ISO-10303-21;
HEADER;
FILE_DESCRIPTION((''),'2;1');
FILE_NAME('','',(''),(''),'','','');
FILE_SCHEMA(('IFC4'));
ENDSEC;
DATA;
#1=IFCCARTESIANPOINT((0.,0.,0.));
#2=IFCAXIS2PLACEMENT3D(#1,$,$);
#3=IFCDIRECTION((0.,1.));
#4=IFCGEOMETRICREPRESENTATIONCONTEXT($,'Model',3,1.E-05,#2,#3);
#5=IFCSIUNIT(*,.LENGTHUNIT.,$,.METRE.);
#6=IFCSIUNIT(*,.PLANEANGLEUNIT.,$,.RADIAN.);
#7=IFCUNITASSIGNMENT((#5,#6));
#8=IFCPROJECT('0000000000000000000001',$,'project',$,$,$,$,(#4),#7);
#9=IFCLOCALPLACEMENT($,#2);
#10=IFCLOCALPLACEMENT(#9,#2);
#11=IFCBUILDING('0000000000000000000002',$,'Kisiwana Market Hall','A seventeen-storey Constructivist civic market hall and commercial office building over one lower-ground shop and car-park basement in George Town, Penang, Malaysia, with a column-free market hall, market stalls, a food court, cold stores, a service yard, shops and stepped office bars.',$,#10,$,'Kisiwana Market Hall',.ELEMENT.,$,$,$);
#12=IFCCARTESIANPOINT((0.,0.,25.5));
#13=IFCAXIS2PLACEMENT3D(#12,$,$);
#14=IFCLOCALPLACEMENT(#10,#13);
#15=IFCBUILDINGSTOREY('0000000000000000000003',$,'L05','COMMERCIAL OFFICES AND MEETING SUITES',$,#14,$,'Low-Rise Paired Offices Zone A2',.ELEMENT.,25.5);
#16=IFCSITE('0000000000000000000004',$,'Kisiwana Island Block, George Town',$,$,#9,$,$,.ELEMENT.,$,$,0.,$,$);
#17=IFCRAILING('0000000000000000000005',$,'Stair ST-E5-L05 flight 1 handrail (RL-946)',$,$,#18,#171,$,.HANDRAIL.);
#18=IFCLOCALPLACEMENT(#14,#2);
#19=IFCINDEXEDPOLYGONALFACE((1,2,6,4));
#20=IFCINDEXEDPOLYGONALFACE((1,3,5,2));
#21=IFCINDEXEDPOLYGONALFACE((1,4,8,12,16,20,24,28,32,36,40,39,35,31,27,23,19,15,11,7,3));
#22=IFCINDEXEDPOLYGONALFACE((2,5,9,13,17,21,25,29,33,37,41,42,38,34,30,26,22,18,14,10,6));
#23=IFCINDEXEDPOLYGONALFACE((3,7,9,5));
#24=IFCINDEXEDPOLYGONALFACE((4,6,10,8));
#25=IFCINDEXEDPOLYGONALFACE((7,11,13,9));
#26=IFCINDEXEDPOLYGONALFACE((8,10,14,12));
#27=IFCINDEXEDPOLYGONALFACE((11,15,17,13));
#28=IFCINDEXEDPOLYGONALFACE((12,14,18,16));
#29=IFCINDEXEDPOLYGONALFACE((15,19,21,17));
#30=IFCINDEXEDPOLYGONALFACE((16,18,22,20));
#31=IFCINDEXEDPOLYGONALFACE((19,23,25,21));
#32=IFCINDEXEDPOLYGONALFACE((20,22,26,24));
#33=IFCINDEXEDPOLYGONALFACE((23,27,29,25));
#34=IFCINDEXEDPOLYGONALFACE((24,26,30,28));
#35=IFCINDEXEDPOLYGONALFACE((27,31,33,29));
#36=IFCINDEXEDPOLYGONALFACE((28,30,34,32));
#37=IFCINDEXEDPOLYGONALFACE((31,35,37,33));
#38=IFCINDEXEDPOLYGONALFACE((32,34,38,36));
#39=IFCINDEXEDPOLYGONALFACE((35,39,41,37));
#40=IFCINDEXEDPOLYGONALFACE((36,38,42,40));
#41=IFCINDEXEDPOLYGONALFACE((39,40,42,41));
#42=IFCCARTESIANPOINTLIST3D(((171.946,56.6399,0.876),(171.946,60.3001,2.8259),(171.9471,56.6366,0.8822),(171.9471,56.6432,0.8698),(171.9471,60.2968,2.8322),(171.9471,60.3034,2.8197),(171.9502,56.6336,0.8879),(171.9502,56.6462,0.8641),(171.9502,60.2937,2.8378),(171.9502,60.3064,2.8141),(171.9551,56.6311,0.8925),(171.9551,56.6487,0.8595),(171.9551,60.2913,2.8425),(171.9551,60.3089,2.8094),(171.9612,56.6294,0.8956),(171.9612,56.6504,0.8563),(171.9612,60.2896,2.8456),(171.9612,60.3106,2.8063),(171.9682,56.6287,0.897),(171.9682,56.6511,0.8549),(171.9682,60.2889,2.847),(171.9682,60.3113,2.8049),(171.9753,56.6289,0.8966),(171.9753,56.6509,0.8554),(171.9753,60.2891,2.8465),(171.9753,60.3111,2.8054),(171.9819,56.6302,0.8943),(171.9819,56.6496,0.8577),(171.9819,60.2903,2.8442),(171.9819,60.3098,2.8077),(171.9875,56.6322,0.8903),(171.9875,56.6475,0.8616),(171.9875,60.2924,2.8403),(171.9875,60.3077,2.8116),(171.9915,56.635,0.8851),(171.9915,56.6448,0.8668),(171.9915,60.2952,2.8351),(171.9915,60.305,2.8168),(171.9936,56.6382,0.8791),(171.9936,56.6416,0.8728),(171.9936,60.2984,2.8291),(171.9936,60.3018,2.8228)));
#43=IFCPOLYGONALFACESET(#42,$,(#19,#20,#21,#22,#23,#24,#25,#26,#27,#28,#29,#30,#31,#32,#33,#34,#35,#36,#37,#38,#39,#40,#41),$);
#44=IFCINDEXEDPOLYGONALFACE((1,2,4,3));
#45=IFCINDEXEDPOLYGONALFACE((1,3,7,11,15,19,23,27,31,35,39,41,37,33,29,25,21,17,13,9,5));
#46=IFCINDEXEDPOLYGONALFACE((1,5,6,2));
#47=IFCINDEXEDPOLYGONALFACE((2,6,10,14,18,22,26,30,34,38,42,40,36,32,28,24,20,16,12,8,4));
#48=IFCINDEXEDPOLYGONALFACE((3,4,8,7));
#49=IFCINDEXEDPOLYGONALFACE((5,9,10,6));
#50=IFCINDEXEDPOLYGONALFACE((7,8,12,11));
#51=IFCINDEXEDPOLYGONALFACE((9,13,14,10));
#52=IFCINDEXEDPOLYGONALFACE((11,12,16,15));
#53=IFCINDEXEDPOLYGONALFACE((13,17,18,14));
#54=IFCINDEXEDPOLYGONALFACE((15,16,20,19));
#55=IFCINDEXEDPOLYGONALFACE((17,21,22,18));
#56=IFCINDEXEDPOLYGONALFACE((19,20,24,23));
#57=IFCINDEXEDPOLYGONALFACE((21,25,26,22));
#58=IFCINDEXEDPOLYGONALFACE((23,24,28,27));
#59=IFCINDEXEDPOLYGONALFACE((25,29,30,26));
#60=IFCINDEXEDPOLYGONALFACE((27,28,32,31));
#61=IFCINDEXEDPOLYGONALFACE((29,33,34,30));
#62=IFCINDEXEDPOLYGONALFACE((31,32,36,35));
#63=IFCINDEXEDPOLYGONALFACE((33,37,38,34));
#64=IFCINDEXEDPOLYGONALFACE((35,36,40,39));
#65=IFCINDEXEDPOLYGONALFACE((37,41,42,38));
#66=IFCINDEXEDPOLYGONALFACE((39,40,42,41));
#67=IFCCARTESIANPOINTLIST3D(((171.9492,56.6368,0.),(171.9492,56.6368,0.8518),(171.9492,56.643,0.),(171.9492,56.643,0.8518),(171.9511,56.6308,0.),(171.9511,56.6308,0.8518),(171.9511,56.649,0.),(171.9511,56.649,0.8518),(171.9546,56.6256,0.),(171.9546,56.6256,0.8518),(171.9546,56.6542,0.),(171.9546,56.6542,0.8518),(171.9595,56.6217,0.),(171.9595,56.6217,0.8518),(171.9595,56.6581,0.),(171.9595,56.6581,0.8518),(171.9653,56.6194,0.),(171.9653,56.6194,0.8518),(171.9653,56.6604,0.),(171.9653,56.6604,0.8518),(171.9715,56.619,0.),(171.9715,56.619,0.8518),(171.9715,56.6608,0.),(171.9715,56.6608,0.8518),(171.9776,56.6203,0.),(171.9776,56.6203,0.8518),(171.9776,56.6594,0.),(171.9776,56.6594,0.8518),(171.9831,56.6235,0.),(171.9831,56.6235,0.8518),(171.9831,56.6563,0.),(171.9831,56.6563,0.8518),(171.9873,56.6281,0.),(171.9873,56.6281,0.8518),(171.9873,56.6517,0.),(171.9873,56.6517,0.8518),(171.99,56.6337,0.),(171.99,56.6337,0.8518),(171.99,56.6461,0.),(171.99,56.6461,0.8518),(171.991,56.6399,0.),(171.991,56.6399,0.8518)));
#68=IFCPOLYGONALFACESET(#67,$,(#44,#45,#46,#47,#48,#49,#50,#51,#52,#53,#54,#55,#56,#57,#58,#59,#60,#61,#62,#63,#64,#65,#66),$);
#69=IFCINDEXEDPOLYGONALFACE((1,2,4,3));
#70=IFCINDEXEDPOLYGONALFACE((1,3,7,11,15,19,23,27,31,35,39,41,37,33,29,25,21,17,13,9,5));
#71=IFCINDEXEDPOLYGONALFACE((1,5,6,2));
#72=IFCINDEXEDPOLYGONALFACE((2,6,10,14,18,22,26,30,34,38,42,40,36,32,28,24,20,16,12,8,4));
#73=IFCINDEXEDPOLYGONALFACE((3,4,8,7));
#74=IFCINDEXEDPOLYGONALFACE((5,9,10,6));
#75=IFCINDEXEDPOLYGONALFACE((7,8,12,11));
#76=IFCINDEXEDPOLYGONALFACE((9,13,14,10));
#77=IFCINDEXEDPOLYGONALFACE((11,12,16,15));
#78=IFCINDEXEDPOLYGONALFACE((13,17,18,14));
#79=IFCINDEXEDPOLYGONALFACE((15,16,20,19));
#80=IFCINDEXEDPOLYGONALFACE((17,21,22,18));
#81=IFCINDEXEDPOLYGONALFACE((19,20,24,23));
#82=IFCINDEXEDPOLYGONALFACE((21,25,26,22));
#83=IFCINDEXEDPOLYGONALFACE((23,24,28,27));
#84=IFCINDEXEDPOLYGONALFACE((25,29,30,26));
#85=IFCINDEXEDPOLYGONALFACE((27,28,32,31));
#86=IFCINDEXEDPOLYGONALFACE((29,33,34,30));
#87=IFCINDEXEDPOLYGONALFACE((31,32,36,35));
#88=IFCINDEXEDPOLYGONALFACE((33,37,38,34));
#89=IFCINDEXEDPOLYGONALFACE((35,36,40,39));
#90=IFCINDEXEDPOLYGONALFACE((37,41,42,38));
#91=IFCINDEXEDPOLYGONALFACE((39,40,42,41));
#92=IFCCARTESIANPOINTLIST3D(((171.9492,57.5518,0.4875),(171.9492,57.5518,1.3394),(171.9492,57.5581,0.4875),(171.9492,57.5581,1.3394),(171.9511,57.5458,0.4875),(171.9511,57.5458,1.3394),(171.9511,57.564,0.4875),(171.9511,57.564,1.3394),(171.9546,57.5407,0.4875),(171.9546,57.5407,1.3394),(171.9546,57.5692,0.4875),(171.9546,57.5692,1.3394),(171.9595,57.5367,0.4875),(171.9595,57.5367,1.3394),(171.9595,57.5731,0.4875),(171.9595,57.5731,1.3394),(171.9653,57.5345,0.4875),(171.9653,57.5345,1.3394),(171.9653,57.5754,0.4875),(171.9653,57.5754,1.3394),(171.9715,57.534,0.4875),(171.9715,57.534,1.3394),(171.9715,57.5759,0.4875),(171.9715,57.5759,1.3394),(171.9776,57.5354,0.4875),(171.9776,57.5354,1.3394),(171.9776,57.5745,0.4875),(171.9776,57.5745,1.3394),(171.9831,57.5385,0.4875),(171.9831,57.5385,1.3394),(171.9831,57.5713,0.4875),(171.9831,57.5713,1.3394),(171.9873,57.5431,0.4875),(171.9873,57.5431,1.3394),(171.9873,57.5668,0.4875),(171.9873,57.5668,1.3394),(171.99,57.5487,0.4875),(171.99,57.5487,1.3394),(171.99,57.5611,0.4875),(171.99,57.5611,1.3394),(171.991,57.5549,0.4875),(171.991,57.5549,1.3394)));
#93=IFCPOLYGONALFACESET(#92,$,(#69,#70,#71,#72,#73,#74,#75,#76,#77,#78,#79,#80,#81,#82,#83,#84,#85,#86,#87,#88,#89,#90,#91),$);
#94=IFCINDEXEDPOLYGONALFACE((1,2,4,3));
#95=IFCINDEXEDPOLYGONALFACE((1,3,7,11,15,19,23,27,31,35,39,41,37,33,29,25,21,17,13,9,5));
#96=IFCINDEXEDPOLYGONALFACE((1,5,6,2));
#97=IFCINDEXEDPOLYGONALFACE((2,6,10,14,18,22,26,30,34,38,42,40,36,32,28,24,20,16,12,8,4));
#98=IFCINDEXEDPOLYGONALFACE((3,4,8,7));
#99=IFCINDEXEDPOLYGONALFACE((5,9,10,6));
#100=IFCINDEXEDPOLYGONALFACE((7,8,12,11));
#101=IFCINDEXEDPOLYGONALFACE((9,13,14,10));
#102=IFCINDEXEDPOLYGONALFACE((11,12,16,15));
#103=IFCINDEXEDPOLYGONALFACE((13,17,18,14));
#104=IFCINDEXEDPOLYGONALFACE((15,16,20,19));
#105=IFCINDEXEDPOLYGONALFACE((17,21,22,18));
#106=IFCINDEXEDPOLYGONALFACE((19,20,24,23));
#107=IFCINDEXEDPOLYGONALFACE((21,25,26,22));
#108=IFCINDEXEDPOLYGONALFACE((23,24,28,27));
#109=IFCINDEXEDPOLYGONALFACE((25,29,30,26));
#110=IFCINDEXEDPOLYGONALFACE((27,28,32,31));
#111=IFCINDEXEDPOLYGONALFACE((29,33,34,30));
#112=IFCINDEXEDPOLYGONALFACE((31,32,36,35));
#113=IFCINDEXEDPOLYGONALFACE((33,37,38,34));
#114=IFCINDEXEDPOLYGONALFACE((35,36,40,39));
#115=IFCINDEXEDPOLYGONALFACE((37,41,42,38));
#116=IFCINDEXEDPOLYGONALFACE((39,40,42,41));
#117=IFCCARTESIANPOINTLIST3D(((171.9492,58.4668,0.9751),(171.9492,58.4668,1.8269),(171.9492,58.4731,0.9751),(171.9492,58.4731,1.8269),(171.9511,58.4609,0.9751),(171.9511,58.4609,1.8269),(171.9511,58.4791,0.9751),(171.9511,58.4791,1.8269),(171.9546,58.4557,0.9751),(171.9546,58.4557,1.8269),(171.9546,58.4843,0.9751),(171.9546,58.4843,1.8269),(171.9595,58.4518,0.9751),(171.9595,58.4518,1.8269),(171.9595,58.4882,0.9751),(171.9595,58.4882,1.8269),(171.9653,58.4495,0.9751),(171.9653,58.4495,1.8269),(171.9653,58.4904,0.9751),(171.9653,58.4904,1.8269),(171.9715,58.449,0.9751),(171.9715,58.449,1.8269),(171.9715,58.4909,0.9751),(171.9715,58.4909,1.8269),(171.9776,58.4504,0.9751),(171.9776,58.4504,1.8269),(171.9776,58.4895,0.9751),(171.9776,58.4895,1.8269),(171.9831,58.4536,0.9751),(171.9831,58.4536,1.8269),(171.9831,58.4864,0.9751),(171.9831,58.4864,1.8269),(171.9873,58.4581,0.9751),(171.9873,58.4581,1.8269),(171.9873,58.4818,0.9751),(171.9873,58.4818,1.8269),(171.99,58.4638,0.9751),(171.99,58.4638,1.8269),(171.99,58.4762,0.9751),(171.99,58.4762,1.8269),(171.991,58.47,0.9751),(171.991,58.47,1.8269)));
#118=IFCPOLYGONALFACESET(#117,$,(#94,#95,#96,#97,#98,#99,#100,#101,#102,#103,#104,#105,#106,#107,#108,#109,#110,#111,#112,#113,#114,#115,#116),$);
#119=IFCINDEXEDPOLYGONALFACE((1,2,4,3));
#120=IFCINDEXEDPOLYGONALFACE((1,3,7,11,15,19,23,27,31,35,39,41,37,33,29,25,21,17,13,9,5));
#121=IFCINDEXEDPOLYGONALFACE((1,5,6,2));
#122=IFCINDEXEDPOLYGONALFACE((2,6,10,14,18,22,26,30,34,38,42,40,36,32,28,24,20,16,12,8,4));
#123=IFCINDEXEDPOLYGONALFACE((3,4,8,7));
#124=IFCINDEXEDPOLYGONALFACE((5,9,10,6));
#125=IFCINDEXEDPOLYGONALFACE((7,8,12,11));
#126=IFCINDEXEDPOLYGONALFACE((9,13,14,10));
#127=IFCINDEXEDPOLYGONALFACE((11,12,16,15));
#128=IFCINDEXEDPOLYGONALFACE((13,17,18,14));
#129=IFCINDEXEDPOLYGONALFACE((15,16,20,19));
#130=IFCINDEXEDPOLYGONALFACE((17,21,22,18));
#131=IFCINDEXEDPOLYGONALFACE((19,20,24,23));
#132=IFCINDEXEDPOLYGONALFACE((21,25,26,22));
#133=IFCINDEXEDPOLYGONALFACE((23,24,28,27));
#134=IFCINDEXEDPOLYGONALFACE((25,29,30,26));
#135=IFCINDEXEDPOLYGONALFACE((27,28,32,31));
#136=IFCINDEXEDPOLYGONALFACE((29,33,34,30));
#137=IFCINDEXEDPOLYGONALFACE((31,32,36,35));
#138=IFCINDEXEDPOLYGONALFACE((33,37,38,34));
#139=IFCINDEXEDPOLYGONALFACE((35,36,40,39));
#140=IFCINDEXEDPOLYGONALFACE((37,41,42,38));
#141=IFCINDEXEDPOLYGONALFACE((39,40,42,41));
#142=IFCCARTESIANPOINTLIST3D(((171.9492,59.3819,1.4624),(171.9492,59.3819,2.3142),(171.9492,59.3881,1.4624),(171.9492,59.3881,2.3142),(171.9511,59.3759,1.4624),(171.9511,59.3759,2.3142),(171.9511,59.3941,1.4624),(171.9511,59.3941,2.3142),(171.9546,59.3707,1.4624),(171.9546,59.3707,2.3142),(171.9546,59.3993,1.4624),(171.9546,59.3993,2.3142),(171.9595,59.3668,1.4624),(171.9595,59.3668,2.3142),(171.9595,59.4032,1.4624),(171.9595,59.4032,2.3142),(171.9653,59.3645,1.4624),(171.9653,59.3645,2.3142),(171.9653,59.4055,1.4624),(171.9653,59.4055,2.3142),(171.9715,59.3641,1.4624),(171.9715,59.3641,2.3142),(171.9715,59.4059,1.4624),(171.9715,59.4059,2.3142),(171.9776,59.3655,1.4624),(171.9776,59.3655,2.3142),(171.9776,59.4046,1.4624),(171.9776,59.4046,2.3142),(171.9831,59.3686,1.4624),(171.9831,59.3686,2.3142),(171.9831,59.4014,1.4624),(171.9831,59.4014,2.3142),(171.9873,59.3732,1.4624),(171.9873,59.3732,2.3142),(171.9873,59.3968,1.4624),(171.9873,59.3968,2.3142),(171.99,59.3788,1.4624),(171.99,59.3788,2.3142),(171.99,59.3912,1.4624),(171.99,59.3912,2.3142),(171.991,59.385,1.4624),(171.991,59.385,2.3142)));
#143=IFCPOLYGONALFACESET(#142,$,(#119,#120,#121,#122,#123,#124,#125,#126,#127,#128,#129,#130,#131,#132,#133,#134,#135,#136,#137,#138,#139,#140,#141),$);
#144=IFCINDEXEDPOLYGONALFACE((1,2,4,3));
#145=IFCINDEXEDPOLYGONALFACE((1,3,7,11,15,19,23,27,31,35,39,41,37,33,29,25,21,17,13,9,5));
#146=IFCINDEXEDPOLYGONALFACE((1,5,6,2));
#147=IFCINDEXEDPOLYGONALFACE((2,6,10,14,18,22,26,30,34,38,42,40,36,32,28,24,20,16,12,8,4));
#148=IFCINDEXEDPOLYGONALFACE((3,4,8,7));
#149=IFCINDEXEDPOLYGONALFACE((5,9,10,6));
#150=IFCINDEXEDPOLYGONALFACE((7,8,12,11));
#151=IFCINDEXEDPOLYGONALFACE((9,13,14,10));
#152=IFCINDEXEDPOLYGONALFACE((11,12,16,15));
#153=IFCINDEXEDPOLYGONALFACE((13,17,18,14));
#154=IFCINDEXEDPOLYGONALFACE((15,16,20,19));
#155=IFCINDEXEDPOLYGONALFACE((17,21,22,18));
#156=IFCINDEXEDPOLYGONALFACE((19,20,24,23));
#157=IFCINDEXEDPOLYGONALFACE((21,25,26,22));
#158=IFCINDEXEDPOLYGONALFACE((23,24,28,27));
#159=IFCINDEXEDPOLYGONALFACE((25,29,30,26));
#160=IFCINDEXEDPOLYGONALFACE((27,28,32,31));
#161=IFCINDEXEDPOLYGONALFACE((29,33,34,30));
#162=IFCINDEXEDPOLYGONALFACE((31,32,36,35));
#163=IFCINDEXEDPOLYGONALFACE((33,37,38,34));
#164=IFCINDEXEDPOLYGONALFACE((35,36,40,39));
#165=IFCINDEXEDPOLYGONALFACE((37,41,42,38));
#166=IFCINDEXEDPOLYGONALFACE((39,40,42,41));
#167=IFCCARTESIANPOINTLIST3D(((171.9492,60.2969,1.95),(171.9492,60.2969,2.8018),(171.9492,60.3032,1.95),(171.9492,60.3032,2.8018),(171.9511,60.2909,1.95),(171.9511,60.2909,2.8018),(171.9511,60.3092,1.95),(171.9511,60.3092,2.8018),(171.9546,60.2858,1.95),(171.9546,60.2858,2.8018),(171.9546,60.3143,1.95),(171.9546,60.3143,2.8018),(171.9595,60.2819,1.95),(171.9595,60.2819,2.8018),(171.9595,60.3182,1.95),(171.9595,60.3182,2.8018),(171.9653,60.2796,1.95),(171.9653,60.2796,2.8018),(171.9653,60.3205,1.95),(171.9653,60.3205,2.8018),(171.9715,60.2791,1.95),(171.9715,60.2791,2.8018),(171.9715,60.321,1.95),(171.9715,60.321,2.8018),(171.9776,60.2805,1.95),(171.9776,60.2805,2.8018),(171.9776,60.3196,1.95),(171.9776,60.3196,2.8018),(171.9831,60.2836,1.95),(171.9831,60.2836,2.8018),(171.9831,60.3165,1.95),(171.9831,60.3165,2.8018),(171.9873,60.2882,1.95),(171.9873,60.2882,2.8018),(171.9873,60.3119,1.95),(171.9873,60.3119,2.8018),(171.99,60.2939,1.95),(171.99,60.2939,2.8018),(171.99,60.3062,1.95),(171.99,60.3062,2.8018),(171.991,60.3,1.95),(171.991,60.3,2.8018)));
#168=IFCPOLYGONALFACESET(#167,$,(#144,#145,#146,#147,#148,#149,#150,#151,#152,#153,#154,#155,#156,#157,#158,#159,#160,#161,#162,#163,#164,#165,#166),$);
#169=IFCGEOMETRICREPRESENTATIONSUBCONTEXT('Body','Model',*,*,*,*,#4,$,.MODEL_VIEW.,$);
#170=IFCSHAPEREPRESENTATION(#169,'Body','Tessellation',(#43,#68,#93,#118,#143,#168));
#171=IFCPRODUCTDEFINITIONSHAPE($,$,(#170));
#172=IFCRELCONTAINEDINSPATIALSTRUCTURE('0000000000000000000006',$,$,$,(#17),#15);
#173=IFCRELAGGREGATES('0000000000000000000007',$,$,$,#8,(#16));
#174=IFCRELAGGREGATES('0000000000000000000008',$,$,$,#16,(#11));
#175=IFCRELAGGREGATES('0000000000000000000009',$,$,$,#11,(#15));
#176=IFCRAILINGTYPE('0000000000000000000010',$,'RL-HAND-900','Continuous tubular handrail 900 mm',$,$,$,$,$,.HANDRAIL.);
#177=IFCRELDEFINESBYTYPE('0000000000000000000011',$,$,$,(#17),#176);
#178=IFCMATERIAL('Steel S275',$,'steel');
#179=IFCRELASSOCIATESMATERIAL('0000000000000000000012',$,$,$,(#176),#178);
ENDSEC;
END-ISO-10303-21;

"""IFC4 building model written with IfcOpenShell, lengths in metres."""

from ifc_helpers import new_model, si_unit, direction, frame, origin, origin_2d, place, context, subcontext, project, spatial, circle, extrude, material, type_object, element, save


model = new_model("IFC4")

# Units and contexts
model_context = context("Model", 3, precision=1e-05, world=origin(), true_north=direction((0.0, 1.0)))
body_context = subcontext(model_context, "Body", "Model", "MODEL_VIEW")
ifc_project = project(units=[si_unit("LENGTHUNIT", "METRE"), si_unit("PLANEANGLEUNIT", "RADIAN")], contexts=[model_context])

# Site, building, storey
site_placement = place(None, origin())
site = spatial("IfcSite", under=ifc_project, at=site_placement, Name="Kisiwana Island Block, George Town", CompositionType="ELEMENT", RefElevation=0.0)
building_placement = place(site_placement, origin())
building = spatial("IfcBuilding", under=site, at=building_placement, Name="Kisiwana Market Hall", Description="A seventeen-storey Constructivist civic market hall and commercial office building over one lower-ground shop and car-park basement in George Town, Penang, Malaysia, with a column-free market hall, market stalls, a food court, cold stores, a service yard, shops and stepped office bars.", LongName="Kisiwana Market Hall", CompositionType="ELEMENT")
storey_placement = place(building_placement, frame((0.0, 0.0, 25.5)))
storey = spatial("IfcBuildingStorey", under=building, at=storey_placement, Name="L05", Description="COMMERCIAL OFFICES AND MEETING SUITES", LongName="Low-Rise Paired Offices Zone A2", CompositionType="ELEMENT", Elevation=25.5)

# Railing
ifc_material_1 = material(Name="Steel S275", Category="steel")
railing_type_1 = type_object("IfcRailingType", Name="RL-HAND-900", Description="Continuous tubular handrail 900 mm", PredefinedType="HANDRAIL", material=ifc_material_1)
for number, where, name in (
    (1, (171.97, 56.6399, 0.0), "Stair ST-E5-L05 flight 1 handrail (RL-946)"),
):
    element("IfcRailing", number, at=place(storey_placement, frame(where)), inside=storey, type_object=railing_type_1, Name=name, PredefinedType="HANDRAIL", context=body_context, shape_type="SweptSolid", body=[
        extrude(circle(Radius=0.0239, at=origin_2d()), frame((0.0, 0.0, 0.876), z_axis=(0.0, 0.882566, 0.470188), x_axis=(-1.0, 0.0, 0.0)), (0.0, 0.0, 1.0), 4.1472),
        extrude(circle(Radius=0.021, at=origin_2d()), origin(), (0.0, 0.0, 1.0), 0.8518),
        extrude(circle(Radius=0.021, at=origin_2d()), frame((0.0, 0.915, 0.4875)), (0.0, 0.0, 1.0), 0.8518),
        extrude(circle(Radius=0.021, at=origin_2d()), frame((0.0, 1.8301, 0.9751)), (0.0, 0.0, 1.0), 0.8518),
        extrude(circle(Radius=0.021, at=origin_2d()), frame((0.0, 2.7451, 1.4624)), (0.0, 0.0, 1.0), 0.8518),
        extrude(circle(Radius=0.021, at=origin_2d()), frame((0.0, 3.6602, 1.95)), (0.0, 0.0, 1.0), 0.8518),
    ])

save(model, "model.ifc")
